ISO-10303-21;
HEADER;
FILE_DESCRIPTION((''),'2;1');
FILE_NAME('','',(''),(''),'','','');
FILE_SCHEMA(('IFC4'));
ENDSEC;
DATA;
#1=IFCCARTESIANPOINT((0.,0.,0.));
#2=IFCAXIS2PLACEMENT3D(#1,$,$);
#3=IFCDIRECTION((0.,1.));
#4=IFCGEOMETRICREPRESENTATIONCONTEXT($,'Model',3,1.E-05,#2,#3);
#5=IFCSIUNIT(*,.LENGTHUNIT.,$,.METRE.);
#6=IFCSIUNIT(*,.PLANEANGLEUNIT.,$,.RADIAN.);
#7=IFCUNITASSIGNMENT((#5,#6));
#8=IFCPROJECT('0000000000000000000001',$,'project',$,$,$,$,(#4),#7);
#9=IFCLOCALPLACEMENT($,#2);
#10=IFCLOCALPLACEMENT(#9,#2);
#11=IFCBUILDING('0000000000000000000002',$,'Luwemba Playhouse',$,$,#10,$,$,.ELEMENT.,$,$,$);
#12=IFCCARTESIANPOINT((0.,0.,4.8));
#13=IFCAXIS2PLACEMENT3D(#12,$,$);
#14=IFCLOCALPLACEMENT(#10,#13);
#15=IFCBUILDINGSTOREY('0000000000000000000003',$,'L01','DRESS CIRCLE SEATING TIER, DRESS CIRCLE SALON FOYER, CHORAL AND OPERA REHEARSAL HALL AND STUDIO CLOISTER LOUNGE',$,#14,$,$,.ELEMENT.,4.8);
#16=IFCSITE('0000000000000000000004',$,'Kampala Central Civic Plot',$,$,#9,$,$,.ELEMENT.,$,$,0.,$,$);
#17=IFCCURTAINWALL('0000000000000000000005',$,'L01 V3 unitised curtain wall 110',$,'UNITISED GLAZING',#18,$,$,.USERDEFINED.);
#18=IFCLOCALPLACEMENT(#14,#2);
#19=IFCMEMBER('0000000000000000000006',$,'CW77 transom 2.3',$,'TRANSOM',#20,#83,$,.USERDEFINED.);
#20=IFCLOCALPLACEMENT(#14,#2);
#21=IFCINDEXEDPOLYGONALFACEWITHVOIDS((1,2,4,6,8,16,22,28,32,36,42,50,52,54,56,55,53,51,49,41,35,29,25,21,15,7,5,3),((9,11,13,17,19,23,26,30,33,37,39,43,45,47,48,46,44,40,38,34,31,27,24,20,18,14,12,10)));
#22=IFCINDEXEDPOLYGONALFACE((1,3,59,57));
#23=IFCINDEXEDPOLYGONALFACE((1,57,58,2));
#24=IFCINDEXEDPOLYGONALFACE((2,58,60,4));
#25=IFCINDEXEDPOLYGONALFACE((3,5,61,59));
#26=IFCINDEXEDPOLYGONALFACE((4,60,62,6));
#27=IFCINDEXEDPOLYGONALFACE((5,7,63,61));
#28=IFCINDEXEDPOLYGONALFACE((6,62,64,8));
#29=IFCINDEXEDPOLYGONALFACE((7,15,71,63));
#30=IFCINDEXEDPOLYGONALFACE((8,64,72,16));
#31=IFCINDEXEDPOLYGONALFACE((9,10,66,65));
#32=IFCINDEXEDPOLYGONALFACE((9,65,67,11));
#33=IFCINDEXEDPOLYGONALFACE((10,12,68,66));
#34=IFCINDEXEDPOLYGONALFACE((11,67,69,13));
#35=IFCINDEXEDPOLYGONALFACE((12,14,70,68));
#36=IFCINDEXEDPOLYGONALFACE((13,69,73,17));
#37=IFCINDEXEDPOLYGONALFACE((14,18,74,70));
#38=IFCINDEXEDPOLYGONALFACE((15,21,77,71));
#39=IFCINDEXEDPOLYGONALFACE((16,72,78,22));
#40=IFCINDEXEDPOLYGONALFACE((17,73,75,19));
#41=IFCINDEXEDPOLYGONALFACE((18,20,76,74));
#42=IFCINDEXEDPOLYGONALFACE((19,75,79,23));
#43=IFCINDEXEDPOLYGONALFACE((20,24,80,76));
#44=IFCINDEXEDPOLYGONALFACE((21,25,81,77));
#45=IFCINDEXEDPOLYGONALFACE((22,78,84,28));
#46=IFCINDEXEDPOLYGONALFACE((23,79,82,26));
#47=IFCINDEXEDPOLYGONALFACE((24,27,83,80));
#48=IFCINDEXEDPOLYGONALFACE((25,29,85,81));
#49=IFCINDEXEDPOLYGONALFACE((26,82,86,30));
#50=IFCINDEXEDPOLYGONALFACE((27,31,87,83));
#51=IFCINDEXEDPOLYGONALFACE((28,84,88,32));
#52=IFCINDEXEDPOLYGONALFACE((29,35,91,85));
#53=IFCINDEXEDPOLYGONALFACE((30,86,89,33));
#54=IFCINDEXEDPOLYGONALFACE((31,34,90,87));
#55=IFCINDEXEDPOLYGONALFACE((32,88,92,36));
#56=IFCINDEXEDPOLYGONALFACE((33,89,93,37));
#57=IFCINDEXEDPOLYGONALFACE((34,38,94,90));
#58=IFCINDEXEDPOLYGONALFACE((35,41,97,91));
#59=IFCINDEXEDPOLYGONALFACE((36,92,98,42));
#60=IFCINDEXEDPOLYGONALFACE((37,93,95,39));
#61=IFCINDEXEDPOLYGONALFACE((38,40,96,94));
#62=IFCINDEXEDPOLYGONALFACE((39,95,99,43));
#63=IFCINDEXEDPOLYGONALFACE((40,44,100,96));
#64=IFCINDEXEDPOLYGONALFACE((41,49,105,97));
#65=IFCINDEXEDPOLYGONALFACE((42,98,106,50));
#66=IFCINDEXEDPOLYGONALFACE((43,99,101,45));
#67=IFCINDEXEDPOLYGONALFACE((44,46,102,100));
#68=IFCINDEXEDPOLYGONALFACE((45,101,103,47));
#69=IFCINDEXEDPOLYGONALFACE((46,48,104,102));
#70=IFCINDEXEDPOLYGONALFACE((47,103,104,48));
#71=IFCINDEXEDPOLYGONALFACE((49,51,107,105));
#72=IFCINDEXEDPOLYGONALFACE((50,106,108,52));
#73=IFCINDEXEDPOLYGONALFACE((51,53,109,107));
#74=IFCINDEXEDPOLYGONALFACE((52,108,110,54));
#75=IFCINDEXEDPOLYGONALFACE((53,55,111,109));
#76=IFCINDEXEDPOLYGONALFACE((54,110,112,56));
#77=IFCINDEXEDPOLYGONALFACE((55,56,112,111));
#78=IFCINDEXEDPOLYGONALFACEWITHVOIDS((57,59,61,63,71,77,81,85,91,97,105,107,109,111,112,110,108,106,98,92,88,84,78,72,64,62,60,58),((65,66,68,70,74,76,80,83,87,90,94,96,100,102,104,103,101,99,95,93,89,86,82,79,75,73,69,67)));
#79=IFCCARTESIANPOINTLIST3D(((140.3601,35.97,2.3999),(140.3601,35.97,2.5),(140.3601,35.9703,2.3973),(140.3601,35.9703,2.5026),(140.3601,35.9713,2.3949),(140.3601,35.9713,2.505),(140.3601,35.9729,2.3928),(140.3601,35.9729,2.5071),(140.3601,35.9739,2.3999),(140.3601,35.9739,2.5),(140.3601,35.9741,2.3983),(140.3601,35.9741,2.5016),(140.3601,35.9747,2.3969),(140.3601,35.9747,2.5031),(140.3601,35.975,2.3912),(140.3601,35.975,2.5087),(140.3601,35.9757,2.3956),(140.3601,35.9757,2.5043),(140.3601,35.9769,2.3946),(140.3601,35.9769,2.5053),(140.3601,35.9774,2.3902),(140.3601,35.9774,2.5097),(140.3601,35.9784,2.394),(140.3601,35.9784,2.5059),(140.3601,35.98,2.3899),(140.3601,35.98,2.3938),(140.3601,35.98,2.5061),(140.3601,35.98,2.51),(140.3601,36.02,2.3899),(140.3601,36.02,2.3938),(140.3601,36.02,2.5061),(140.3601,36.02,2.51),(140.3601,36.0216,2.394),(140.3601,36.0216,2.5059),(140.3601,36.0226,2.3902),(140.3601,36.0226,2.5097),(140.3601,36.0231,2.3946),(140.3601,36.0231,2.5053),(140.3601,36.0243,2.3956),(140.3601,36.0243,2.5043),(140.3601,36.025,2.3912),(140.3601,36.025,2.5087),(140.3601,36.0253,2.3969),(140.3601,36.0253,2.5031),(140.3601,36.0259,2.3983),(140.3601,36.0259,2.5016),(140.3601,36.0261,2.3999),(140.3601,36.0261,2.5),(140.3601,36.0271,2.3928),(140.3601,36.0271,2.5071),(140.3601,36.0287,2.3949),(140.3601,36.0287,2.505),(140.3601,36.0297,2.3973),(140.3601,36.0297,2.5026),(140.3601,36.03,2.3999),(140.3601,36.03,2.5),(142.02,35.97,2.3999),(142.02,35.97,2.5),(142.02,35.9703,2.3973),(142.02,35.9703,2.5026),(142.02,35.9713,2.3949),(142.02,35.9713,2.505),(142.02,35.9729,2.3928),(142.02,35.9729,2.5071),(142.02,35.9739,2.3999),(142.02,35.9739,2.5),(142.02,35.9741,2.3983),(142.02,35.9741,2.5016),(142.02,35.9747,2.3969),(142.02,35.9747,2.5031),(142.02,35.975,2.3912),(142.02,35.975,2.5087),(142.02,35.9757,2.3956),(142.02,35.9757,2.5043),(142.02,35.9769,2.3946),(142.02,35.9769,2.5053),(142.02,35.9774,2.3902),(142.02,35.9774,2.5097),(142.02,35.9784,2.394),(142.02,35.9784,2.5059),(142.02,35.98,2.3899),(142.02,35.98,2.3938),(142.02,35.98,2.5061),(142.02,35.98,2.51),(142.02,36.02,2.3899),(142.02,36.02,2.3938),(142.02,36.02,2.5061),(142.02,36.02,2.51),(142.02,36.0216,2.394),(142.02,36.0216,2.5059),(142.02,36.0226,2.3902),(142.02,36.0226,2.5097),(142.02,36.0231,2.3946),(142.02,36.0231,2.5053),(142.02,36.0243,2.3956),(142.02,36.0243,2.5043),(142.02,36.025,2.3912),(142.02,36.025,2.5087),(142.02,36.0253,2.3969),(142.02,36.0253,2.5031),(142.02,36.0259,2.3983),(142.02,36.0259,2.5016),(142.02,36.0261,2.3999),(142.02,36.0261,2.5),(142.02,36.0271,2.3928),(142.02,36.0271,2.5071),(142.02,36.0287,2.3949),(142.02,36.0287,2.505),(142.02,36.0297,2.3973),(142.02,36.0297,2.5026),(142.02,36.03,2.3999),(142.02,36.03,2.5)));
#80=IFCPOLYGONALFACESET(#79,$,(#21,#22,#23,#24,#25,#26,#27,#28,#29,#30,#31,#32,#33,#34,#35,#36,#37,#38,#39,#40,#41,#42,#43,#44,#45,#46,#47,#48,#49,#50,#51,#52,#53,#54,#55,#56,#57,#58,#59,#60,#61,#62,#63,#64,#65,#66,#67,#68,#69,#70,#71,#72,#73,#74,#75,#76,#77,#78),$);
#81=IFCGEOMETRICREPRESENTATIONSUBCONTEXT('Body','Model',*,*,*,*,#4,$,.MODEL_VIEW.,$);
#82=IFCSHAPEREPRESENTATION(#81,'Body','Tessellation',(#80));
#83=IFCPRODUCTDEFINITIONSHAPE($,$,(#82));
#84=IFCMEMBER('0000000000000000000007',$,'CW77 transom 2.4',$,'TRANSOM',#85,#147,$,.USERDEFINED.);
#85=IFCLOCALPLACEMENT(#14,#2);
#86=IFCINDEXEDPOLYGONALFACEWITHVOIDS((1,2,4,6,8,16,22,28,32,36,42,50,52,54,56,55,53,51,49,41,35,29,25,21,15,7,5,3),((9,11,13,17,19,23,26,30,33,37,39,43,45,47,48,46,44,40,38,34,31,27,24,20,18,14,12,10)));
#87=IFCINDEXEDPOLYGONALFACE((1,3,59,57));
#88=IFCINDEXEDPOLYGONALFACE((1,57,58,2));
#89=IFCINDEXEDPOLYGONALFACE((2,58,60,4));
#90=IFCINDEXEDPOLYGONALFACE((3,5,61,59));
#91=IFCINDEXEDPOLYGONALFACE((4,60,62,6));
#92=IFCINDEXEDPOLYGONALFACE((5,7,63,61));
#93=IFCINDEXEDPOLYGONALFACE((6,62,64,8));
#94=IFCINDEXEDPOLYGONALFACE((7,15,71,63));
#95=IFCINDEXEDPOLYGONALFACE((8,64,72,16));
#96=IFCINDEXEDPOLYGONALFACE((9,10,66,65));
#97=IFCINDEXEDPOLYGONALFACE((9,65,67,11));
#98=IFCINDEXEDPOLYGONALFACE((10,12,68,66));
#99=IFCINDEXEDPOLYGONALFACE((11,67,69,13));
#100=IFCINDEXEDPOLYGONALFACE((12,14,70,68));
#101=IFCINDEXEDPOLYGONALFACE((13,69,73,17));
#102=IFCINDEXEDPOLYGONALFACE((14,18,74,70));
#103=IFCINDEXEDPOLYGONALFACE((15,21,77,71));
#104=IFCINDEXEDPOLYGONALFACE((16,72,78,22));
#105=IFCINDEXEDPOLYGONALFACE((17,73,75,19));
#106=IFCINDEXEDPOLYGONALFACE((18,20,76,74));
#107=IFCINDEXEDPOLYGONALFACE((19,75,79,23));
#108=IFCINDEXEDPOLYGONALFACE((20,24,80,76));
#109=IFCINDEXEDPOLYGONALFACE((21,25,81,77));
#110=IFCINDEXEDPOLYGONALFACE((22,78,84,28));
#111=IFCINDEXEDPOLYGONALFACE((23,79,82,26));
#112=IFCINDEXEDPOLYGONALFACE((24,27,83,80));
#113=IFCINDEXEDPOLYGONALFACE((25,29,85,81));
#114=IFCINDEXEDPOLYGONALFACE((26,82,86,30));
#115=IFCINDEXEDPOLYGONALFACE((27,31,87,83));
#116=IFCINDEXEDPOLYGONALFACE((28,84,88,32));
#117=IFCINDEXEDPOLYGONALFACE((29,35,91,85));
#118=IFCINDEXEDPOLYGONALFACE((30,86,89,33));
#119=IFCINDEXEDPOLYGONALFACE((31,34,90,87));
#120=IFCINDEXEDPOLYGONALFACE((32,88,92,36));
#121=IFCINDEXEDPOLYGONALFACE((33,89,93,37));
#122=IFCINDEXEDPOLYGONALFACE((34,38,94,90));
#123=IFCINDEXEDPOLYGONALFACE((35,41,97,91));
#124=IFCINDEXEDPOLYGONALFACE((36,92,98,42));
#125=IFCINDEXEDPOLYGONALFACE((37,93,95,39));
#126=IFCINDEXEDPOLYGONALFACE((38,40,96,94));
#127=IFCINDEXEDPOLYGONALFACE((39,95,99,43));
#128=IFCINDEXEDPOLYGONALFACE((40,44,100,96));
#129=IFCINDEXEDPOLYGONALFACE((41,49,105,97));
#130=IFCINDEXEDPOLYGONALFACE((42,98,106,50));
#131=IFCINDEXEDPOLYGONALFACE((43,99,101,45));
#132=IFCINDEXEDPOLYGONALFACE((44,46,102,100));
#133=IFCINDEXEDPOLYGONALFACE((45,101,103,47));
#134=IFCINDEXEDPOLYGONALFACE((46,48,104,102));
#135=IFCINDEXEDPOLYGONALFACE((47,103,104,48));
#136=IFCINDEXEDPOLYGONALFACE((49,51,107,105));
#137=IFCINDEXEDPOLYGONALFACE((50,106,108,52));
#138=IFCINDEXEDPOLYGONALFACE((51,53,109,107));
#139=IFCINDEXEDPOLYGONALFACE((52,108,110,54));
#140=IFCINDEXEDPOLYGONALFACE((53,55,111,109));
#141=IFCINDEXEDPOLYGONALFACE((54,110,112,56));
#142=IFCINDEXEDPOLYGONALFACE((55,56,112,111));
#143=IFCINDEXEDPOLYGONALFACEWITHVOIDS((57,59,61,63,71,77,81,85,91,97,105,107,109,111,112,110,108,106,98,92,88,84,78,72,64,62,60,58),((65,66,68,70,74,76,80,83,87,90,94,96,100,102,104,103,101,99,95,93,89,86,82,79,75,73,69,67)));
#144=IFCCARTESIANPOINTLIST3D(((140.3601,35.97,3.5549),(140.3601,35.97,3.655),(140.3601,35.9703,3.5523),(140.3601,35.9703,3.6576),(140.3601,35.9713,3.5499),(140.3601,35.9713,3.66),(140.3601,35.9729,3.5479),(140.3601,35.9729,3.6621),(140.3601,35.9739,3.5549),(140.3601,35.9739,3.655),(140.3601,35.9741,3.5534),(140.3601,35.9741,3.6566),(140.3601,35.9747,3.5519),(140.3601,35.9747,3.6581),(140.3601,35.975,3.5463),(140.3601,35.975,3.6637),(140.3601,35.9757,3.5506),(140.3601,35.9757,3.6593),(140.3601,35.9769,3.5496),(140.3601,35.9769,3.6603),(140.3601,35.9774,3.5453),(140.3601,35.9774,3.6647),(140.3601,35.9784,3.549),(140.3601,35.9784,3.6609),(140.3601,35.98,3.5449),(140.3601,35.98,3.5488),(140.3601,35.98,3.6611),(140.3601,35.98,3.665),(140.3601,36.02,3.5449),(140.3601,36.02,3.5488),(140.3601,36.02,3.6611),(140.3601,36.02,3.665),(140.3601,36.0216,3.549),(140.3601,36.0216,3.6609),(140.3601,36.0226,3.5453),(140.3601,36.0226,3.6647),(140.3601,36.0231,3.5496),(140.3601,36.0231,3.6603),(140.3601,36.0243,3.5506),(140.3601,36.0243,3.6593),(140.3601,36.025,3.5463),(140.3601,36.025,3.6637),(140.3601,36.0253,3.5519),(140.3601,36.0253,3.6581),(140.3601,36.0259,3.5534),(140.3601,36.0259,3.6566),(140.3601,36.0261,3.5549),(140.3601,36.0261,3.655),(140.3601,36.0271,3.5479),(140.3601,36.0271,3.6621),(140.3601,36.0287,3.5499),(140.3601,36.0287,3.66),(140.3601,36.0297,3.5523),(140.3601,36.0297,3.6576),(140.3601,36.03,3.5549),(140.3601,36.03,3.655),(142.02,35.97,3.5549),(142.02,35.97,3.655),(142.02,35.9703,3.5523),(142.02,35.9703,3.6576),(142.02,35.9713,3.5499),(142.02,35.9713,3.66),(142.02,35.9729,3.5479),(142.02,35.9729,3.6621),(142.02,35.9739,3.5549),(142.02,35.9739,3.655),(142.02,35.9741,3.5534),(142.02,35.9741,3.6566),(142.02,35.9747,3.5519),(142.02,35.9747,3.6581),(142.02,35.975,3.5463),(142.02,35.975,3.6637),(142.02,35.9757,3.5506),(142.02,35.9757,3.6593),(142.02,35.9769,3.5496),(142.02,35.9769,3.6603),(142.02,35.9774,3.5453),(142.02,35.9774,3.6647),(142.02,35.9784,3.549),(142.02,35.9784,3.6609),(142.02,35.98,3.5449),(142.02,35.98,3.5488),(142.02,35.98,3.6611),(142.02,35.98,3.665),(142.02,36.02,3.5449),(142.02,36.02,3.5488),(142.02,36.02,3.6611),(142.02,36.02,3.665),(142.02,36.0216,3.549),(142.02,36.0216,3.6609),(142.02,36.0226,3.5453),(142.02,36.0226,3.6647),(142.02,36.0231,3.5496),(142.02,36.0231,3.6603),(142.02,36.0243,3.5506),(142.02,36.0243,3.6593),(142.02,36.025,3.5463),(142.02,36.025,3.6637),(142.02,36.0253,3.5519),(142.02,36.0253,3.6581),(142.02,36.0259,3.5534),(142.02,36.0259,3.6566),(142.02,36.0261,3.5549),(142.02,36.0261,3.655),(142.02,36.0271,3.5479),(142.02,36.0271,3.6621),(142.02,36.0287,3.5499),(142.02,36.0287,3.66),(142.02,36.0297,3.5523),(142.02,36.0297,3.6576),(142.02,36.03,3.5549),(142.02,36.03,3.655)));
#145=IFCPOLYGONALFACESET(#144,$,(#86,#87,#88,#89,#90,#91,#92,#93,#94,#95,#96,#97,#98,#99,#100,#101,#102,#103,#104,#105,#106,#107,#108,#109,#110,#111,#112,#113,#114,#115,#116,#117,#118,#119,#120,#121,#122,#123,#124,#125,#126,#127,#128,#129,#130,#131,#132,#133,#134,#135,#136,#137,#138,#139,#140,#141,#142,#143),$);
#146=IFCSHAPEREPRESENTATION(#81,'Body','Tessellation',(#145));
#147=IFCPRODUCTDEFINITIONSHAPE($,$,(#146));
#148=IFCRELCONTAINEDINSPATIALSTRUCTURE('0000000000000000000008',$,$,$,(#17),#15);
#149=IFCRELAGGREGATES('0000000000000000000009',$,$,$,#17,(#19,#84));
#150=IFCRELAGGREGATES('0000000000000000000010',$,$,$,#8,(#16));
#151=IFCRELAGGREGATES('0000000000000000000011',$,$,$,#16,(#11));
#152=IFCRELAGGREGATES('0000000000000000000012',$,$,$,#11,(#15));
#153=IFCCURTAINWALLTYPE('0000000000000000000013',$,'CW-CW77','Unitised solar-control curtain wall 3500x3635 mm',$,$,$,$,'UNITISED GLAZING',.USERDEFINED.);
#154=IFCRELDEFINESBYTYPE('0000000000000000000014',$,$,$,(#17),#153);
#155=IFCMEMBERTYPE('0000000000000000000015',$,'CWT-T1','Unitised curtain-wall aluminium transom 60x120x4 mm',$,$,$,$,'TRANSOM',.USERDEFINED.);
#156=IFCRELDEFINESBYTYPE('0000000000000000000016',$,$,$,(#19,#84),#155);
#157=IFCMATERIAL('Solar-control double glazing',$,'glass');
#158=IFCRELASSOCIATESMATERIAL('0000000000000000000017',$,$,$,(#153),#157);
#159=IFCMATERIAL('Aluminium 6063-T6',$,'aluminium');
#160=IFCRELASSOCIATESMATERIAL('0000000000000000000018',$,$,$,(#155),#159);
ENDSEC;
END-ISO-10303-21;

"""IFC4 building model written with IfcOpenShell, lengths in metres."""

from ifc_helpers import new_model, si_unit, direction, frame, origin, origin_2d, place, context, subcontext, project, spatial, hollow_rectangle, extrude, material, material_profile, profile_set, type_object, element, aggregate, save


model = new_model("IFC4")

# Units and contexts
model_context = context("Model", 3, precision=1e-05, world=origin(), true_north=direction((0.0, 1.0)))
body_context = subcontext(model_context, "Body", "Model", "MODEL_VIEW")
ifc_project = project(units=[si_unit("LENGTHUNIT", "METRE"), si_unit("PLANEANGLEUNIT", "RADIAN")], contexts=[model_context])

# Site, building, storey
site_placement = place(None, origin())
site = spatial("IfcSite", under=ifc_project, at=site_placement, Name="Kampala Central Civic Plot", CompositionType="ELEMENT", RefElevation=0.0)
building_placement = place(site_placement, origin())
building = spatial("IfcBuilding", under=site, at=building_placement, Name="Luwemba Playhouse", CompositionType="ELEMENT")
storey_placement = place(building_placement, frame((0.0, 0.0, 4.8)))
storey = spatial("IfcBuildingStorey", under=building, at=storey_placement, Name="L01", Description="DRESS CIRCLE SEATING TIER, DRESS CIRCLE SALON FOYER, CHORAL AND OPERA REHEARSAL HALL AND STUDIO CLOISTER LOUNGE", CompositionType="ELEMENT", Elevation=4.8)

# Curtain wall
ifc_material_1 = material(Name="Solar-control double glazing", Category="glass")
curtain_wall_type_1 = type_object("IfcCurtainWallType", Name="CW-CW77", Description="Unitised solar-control curtain wall 3500x3635 mm", ElementType="UNITISED GLAZING", PredefinedType="USERDEFINED", material=ifc_material_1)
curtain_wall_1_placement = place(storey_placement, origin())
curtain_wall_1 = element("IfcCurtainWall", 1, at=curtain_wall_1_placement, inside=storey, type_object=curtain_wall_type_1, Name="L01 V3 unitised curtain wall 110", ObjectType="UNITISED GLAZING", PredefinedType="USERDEFINED")
ifc_material_2 = material(Name="Aluminium 6063-T6", Category="aluminium")

# Members
ifc_material_profile_1 = material_profile(ifc_material_2, hollow_rectangle(XDim=0.0601, YDim=0.1201, WallThickness=0.0039, InnerFilletRadius=0.0061, OuterFilletRadius=0.01, at=origin_2d()))
ifc_profile_set_1 = profile_set([ifc_material_profile_1], Name="Aluminium 6063-T6")
member_type_1 = type_object("IfcMemberType", Name="CWT-T1", Description="Unitised curtain-wall aluminium transom 60x120x4 mm", ElementType="TRANSOM", PredefinedType="USERDEFINED", material=ifc_profile_set_1)
member_1_placement = place(storey_placement, frame((142.02, 36.0, 2.45), z_axis=(-1.0, 0.0, 0.0), x_axis=(0.0, -1.0, 0.0)))
member_1 = element("IfcMember", 2, at=member_1_placement, type_object=member_type_1, Name="CW77 transom 2.3", ObjectType="TRANSOM", PredefinedType="USERDEFINED", context=body_context, shape_type="SweptSolid", body=[
    extrude(hollow_rectangle(XDim=0.0601, YDim=0.1201, WallThickness=0.0039, InnerFilletRadius=0.0061, OuterFilletRadius=0.01, at=origin_2d()), origin(), (0.0, 0.0, 1.0), 1.6599),
])
member_2_placement = place(storey_placement, frame((142.02, 36.0, 3.605), z_axis=(-1.0, 0.0, 0.0), x_axis=(0.0, -1.0, 0.0)))
member_2 = element("IfcMember", 3, at=member_2_placement, type_object=member_type_1, Name="CW77 transom 2.4", ObjectType="TRANSOM", PredefinedType="USERDEFINED", context=body_context, shape_type="SweptSolid", body=[
    extrude(hollow_rectangle(XDim=0.0601, YDim=0.1201, WallThickness=0.0039, InnerFilletRadius=0.0061, OuterFilletRadius=0.01, at=origin_2d()), origin(), (0.0, 0.0, 1.0), 1.6599),
])

aggregate(curtain_wall_1, [member_1, member_2])

save(model, "model.ifc")
